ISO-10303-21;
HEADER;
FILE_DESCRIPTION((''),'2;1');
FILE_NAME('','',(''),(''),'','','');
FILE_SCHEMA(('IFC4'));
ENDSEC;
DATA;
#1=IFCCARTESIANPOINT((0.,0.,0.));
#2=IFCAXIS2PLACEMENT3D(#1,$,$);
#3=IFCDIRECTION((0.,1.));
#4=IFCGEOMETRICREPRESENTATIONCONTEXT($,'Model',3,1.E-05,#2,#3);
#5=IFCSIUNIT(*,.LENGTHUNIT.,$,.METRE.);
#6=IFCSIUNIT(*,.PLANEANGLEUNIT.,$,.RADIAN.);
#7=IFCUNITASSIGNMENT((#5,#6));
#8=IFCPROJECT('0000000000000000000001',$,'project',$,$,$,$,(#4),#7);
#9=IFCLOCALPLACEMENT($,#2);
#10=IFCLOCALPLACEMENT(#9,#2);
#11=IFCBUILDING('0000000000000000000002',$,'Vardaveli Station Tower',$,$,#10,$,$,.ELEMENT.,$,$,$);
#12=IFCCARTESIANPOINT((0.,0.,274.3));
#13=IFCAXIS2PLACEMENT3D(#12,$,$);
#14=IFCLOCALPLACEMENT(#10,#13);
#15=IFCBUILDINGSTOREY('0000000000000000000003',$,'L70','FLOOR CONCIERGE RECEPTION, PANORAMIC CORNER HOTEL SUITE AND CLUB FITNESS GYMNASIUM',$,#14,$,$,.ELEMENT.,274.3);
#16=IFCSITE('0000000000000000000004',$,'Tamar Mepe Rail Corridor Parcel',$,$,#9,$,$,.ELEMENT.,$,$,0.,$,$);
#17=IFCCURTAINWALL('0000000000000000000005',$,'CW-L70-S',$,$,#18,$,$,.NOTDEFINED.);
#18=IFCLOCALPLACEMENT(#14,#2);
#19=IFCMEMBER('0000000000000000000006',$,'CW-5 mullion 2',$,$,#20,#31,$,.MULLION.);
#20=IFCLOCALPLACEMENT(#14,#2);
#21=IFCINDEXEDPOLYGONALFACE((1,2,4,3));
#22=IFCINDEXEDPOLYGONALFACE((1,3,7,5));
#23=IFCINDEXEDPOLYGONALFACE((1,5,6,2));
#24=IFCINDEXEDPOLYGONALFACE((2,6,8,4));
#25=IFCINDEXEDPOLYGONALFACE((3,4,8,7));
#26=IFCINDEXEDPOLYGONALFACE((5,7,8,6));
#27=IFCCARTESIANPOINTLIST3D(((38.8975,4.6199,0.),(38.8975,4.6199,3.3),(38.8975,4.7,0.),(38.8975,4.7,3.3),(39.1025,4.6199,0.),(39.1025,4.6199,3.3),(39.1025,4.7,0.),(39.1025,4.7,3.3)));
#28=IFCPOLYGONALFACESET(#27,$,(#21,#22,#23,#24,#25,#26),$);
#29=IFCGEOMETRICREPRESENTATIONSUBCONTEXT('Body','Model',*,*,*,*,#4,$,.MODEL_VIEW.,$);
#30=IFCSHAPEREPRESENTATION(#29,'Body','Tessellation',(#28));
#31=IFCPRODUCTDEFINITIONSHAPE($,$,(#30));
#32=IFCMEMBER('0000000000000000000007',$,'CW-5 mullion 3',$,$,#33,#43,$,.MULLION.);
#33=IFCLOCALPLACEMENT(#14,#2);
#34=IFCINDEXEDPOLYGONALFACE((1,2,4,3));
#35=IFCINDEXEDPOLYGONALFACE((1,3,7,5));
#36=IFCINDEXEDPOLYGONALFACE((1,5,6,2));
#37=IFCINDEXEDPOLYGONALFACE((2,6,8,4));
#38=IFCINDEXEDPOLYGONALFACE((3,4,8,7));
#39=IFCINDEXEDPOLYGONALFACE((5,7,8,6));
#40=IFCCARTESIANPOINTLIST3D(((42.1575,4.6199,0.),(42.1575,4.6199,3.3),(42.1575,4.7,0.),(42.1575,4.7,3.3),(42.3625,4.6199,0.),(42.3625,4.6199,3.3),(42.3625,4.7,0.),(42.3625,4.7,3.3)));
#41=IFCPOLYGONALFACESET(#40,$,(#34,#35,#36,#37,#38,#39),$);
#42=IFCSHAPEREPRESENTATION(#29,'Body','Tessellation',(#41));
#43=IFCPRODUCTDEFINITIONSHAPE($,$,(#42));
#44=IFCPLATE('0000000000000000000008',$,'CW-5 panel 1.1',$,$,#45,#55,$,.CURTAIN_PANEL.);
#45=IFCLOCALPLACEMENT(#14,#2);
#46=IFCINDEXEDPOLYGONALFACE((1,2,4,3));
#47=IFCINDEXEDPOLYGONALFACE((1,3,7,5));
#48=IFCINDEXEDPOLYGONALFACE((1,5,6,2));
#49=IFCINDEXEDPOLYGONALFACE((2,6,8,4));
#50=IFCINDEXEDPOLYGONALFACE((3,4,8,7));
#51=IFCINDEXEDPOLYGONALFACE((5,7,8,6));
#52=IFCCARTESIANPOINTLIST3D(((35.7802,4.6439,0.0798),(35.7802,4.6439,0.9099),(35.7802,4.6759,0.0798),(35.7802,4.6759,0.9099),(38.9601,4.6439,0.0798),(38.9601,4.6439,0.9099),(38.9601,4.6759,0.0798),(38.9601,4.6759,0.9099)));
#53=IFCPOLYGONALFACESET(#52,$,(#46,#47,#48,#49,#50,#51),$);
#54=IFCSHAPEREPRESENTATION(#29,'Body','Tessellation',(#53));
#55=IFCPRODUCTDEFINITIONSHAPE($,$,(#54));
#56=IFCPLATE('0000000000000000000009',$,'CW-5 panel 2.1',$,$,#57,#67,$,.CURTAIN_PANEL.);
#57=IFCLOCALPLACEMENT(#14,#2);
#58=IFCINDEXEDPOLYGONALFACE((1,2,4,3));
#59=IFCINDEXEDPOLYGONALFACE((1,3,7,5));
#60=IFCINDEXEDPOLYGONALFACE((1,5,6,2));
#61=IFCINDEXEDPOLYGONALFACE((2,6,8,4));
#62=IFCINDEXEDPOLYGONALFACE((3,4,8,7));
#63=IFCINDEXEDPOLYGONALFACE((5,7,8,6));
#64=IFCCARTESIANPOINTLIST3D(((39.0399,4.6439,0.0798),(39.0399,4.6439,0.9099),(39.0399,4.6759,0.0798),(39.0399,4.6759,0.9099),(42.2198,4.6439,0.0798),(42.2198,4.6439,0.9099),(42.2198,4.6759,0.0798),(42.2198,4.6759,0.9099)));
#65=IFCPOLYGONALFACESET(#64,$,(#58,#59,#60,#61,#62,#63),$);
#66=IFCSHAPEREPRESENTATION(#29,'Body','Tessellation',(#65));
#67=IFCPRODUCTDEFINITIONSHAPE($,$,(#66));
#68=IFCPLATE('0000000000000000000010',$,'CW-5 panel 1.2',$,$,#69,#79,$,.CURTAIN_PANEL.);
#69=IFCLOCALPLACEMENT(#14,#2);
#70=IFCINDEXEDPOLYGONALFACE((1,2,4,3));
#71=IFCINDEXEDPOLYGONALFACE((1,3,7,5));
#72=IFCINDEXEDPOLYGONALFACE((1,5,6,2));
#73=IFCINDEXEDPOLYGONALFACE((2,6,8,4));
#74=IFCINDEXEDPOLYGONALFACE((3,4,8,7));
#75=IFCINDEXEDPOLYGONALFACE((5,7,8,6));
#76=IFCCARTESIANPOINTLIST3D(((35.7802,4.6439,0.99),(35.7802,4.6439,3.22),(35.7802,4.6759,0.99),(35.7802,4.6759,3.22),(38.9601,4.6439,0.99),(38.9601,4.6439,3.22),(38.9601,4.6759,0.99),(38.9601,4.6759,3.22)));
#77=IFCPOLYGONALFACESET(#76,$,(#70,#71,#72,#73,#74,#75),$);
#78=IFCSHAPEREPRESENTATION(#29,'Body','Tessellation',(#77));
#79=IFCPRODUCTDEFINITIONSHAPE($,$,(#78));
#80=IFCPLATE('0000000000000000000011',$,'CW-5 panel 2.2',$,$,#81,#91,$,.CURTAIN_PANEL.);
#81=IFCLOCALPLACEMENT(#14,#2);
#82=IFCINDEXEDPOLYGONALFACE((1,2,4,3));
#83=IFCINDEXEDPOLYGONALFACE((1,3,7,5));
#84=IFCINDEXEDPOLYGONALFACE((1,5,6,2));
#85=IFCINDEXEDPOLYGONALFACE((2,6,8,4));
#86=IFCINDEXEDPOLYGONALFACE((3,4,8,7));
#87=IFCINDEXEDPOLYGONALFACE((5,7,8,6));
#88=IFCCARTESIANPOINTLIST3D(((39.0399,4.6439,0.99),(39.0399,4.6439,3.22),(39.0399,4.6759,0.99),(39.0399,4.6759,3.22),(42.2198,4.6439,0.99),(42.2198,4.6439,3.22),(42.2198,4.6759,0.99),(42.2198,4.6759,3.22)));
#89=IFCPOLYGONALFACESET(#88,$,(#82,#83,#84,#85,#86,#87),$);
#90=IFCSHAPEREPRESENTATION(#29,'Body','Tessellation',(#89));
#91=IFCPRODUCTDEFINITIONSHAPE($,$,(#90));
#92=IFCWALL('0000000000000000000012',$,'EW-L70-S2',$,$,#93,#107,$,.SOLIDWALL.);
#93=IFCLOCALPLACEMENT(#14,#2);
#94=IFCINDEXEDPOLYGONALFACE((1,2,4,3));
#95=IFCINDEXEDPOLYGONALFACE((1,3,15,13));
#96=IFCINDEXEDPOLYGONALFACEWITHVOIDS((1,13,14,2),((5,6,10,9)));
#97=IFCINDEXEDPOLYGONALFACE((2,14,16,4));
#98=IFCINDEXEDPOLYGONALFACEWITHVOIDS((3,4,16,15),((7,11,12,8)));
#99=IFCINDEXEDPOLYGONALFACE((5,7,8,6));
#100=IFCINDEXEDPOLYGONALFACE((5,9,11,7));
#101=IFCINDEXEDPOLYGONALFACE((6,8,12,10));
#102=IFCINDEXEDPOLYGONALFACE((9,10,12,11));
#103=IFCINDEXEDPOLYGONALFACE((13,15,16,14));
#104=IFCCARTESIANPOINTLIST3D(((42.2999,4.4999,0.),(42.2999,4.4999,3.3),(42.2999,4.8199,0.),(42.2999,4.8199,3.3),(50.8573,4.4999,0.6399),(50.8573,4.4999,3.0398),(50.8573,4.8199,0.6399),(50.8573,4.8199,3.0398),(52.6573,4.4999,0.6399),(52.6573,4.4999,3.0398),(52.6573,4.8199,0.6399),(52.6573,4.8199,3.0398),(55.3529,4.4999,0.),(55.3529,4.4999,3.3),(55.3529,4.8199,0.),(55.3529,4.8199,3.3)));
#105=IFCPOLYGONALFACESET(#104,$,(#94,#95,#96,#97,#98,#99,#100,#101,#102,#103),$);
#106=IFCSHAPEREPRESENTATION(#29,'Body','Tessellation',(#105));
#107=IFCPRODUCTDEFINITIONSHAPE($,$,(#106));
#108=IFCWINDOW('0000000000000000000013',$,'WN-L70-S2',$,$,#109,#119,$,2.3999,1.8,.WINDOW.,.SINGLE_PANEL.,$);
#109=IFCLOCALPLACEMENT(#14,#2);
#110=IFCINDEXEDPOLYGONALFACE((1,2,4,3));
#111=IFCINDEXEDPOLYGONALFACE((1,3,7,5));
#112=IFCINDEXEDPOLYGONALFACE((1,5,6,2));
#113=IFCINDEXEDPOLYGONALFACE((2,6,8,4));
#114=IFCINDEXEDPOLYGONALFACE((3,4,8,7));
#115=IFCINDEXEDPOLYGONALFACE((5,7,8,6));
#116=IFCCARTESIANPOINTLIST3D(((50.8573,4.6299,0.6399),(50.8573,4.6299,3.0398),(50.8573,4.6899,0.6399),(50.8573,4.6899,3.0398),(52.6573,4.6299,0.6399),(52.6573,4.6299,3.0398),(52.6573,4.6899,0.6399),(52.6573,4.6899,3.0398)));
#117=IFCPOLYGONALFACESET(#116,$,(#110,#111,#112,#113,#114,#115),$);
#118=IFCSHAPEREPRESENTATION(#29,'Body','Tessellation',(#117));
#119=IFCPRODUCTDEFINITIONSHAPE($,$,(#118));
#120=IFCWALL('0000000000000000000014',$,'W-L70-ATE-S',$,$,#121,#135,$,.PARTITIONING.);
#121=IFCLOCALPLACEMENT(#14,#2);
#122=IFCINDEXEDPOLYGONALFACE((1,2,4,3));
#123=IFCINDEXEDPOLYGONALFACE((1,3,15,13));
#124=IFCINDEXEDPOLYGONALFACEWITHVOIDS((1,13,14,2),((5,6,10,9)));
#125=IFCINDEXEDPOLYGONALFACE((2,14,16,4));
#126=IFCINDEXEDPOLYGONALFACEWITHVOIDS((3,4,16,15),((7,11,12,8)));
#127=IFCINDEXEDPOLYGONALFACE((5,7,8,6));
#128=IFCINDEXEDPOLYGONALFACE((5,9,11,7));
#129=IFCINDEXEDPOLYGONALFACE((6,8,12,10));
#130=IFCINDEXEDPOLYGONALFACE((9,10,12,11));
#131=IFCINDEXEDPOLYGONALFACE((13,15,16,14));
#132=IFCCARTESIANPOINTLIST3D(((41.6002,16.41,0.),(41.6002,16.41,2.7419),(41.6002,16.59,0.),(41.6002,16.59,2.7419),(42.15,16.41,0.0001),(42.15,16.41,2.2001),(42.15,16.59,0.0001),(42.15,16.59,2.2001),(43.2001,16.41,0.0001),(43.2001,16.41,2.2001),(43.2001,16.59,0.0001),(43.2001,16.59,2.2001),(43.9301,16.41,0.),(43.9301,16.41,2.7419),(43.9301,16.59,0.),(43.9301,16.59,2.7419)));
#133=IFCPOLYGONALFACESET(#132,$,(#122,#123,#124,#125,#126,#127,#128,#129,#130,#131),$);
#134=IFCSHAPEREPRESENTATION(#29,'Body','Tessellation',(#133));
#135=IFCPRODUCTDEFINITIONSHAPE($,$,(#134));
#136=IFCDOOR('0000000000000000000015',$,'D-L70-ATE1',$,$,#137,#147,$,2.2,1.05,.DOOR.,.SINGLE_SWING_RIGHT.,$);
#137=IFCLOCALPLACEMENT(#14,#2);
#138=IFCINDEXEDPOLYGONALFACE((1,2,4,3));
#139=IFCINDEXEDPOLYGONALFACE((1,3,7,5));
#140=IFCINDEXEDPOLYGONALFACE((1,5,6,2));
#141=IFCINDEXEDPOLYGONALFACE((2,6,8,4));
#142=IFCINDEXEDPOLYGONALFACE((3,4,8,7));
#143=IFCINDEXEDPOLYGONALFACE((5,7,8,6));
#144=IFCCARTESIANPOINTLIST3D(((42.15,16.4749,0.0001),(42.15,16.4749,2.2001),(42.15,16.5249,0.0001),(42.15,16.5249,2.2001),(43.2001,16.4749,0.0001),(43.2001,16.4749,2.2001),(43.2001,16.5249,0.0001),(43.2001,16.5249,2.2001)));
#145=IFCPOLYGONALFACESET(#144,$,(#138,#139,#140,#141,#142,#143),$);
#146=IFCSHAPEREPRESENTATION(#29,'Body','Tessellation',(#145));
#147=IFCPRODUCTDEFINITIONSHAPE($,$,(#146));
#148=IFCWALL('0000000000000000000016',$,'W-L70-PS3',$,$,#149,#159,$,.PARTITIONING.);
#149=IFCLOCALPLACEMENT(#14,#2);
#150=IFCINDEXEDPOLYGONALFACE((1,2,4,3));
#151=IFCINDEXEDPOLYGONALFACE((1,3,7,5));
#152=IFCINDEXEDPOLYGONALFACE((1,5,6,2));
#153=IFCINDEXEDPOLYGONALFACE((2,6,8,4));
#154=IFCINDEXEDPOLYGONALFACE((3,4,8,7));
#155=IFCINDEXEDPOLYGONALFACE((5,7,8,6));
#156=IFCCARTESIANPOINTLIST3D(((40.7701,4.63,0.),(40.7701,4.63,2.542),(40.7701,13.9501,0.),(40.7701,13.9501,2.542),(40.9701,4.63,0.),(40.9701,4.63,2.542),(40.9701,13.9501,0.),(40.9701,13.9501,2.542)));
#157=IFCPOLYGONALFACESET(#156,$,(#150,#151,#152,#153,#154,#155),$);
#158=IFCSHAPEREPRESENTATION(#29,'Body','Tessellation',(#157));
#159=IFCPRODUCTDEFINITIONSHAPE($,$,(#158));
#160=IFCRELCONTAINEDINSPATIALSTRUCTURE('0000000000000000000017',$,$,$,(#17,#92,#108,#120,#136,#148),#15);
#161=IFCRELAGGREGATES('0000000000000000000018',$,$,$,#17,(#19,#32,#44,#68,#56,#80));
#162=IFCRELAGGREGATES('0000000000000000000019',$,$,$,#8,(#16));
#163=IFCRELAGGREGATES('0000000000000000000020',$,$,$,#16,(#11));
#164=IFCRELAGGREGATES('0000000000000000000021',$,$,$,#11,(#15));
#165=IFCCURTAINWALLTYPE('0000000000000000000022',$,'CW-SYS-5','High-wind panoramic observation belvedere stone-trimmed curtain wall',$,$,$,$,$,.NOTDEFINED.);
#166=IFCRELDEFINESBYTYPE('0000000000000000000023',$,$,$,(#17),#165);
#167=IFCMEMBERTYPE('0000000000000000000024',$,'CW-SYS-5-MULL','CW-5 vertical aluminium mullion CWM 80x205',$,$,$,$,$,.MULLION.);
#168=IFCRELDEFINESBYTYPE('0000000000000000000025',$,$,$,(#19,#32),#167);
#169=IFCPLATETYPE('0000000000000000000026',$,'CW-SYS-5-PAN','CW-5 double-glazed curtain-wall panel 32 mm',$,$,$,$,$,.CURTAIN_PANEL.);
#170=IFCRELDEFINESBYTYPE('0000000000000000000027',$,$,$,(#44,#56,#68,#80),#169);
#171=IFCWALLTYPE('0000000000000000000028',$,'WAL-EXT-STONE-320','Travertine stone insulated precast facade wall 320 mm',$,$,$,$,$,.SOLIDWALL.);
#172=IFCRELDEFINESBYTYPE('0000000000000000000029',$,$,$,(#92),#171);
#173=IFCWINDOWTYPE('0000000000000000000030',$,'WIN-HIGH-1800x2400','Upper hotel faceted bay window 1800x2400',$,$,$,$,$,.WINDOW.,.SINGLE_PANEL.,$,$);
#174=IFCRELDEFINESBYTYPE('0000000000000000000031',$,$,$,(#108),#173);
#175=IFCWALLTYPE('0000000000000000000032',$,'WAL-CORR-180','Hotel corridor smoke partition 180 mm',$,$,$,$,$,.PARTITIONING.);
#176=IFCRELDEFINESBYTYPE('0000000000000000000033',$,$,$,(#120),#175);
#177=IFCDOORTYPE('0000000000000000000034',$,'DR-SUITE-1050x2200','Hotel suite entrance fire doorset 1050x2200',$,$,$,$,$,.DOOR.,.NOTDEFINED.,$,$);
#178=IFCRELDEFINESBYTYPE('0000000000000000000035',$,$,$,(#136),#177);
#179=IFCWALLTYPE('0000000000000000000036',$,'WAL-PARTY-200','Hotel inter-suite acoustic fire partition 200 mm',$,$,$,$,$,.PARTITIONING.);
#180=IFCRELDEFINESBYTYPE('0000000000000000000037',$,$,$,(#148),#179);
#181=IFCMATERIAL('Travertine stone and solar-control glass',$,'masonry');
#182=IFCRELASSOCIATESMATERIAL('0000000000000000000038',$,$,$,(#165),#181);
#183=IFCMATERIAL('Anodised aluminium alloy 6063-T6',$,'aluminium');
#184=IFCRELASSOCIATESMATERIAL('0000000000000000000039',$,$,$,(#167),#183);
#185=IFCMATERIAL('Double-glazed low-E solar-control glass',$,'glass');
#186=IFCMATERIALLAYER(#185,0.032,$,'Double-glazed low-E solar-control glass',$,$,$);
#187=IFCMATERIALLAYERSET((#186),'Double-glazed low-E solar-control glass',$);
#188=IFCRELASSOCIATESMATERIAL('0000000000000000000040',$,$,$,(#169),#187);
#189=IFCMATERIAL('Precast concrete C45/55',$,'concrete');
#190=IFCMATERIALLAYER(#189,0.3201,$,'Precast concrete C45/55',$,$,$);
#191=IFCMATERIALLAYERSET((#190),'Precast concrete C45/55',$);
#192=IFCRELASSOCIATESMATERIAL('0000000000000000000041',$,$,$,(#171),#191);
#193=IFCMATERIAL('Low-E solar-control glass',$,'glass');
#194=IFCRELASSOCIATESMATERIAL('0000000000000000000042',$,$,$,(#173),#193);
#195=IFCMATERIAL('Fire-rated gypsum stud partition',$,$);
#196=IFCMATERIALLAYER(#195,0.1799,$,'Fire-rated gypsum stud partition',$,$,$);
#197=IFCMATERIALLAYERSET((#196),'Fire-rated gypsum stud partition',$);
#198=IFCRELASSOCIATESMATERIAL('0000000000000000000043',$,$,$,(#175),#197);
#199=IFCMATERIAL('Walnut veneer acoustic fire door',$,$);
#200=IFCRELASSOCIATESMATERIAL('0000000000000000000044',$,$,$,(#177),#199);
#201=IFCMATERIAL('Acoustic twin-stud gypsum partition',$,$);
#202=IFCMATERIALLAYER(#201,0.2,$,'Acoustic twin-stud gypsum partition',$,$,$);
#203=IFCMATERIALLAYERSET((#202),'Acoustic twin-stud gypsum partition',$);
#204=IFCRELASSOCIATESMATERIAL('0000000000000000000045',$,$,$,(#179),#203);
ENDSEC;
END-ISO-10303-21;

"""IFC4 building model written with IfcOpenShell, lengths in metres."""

from ifc_helpers import new_model, si_unit, direction, frame, frame_2d, origin, origin_2d, place, context, subcontext, project, spatial, rectangle, extrude, source, transform, mapped, material, layer, layer_set, material_profile, profile_set, type_object, element, fill, aggregate, save


model = new_model("IFC4")

# Units and contexts
model_context = context("Model", 3, precision=1e-05, world=origin(), true_north=direction((0.0, 1.0)))
body_context = subcontext(model_context, "Body", "Model", "MODEL_VIEW")
ifc_project = project(units=[si_unit("LENGTHUNIT", "METRE"), si_unit("PLANEANGLEUNIT", "RADIAN")], contexts=[model_context])

# Site, building, storey
site_placement = place(None, origin())
site = spatial("IfcSite", under=ifc_project, at=site_placement, Name="Tamar Mepe Rail Corridor Parcel", CompositionType="ELEMENT", RefElevation=0.0)
building_placement = place(site_placement, origin())
building = spatial("IfcBuilding", under=site, at=building_placement, Name="Vardaveli Station Tower", CompositionType="ELEMENT")
storey_placement = place(building_placement, frame((0.0, 0.0, 274.3)))
storey = spatial("IfcBuildingStorey", under=building, at=storey_placement, Name="L70", Description="FLOOR CONCIERGE RECEPTION, PANORAMIC CORNER HOTEL SUITE AND CLUB FITNESS GYMNASIUM", CompositionType="ELEMENT", Elevation=274.3)

# Shared definitions
ifc_material_1 = material(Name="Precast concrete C45/55", Category="concrete")

# Curtain wall, members, plates
ifc_material_2 = material(Name="Travertine stone and solar-control glass", Category="masonry")
curtain_wall_type = type_object("IfcCurtainWallType", Name="CW-SYS-5", Description="High-wind panoramic observation belvedere stone-trimmed curtain wall", PredefinedType="NOTDEFINED", material=ifc_material_2)
curtain_wall_placement = place(storey_placement, origin())
curtain_wall = element("IfcCurtainWall", 1, at=curtain_wall_placement, inside=storey, type_object=curtain_wall_type, Name="CW-L70-S", PredefinedType="NOTDEFINED")
ifc_material_3 = material(Name="Anodised aluminium alloy 6063-T6", Category="aluminium")
ifc_material_profile_1 = material_profile(ifc_material_3, rectangle(XDim=0.0801, YDim=0.2051, at=origin_2d()), Name="CWM 80x205")
ifc_profile_set_1 = profile_set([ifc_material_profile_1], Name="Anodised aluminium alloy 6063-T6")
member_type_1 = type_object("IfcMemberType", Name="CW-SYS-5-MULL", Description="CW-5 vertical aluminium mullion CWM 80x205", PredefinedType="MULLION", material=ifc_profile_set_1)
shared_shape_1 = source(origin(), body_context, "Body", "SweptSolid", [
    extrude(rectangle(XDim=0.0801, YDim=0.2051, at=origin_2d()), origin(), (0.0, 0.0, 1.0), 3.3),
])
member_1_placement = place(storey_placement, frame((39.0, 4.6599, 0.0), z_axis=(0.0, 0.0, 1.0), x_axis=(0.0, 1.0, 0.0)))
member_1 = element("IfcMember", 2, at=member_1_placement, type_object=member_type_1, Name="CW-5 mullion 2", PredefinedType="MULLION", context=body_context, shape_type="MappedRepresentation", body=[
    mapped(shared_shape_1, transform((0.0, 0.0, 0.0), scale=1.0)),
])
member_2_placement = place(storey_placement, frame((42.26, 4.6599, 0.0), z_axis=(0.0, 0.0, 1.0), x_axis=(0.0, 1.0, 0.0)))
member_2 = element("IfcMember", 3, at=member_2_placement, type_object=member_type_1, Name="CW-5 mullion 3", PredefinedType="MULLION", context=body_context, shape_type="MappedRepresentation", body=[
    mapped(shared_shape_1, transform((0.0, 0.0, 0.0), scale=1.0)),
])
ifc_material_4 = material(Name="Double-glazed low-E solar-control glass", Category="glass")
ifc_layer_1 = layer(ifc_material_4, 0.032, Name="Double-glazed low-E solar-control glass")
ifc_layer_set_1 = layer_set([ifc_layer_1], Name="Double-glazed low-E solar-control glass")
plate_type = type_object("IfcPlateType", Name="CW-SYS-5-PAN", Description="CW-5 double-glazed curtain-wall panel 32 mm", PredefinedType="CURTAIN_PANEL", material=ifc_layer_set_1)
shared_shape_2 = source(origin(), body_context, "Body", "SweptSolid", [
    extrude(rectangle(XDim=3.1799, YDim=0.032, at=origin_2d()), origin(), (0.0, 0.0, 1.0), 0.8301),
])
plate_1_placement = place(storey_placement, frame((37.3701, 4.6599, 0.0798), z_axis=(0.0, 0.0, 1.0), x_axis=(1.0, 0.0, 0.0)))
plate_1 = element("IfcPlate", 4, at=plate_1_placement, type_object=plate_type, Name="CW-5 panel 1.1", PredefinedType="CURTAIN_PANEL", context=body_context, shape_type="MappedRepresentation", body=[
    mapped(shared_shape_2, transform((0.0, 0.0, 0.0), scale=1.0)),
])
plate_2_placement = place(storey_placement, frame((40.6299, 4.6599, 0.0798), z_axis=(0.0, 0.0, 1.0), x_axis=(1.0, 0.0, 0.0)))
plate_2 = element("IfcPlate", 5, at=plate_2_placement, type_object=plate_type, Name="CW-5 panel 2.1", PredefinedType="CURTAIN_PANEL", context=body_context, shape_type="MappedRepresentation", body=[
    mapped(shared_shape_2, transform((0.0, 0.0, 0.0), scale=1.0)),
])
shared_shape_3 = source(origin(), body_context, "Body", "SweptSolid", [
    extrude(rectangle(XDim=3.1799, YDim=0.032, at=origin_2d()), origin(), (0.0, 0.0, 1.0), 2.23),
])
plate_3_placement = place(storey_placement, frame((37.3701, 4.6599, 0.99), z_axis=(0.0, 0.0, 1.0), x_axis=(1.0, 0.0, 0.0)))
plate_3 = element("IfcPlate", 6, at=plate_3_placement, type_object=plate_type, Name="CW-5 panel 1.2", PredefinedType="CURTAIN_PANEL", context=body_context, shape_type="MappedRepresentation", body=[
    mapped(shared_shape_3, transform((0.0, 0.0, 0.0), scale=1.0)),
])
plate_4_placement = place(storey_placement, frame((40.6299, 4.6599, 0.99), z_axis=(0.0, 0.0, 1.0), x_axis=(1.0, 0.0, 0.0)))
plate_4 = element("IfcPlate", 7, at=plate_4_placement, type_object=plate_type, Name="CW-5 panel 2.2", PredefinedType="CURTAIN_PANEL", context=body_context, shape_type="MappedRepresentation", body=[
    mapped(shared_shape_3, transform((0.0, 0.0, 0.0), scale=1.0)),
])
aggregate(curtain_wall, [member_1, member_2, plate_1, plate_3, plate_2, plate_4])

# Wall, opening, window
ifc_layer_2 = layer(ifc_material_1, 0.3201, Name="Precast concrete C45/55")
ifc_layer_set_2 = layer_set([ifc_layer_2], Name="Precast concrete C45/55")
wall_type_1 = type_object("IfcWallType", Name="WAL-EXT-STONE-320", Description="Travertine stone insulated precast facade wall 320 mm", PredefinedType="SOLIDWALL", material=ifc_layer_set_2)
shared_shape_4 = source(origin(), body_context, "Body", "SweptSolid", [
    extrude(rectangle(XDim=13.053, YDim=0.3201, at=frame_2d((6.5264, 0.0))), origin(), (0.0, 0.0, 1.0), 3.3),
])
wall_1_placement = place(storey_placement, frame((42.3, 4.6599, 0.0), z_axis=(0.0, 0.0, 1.0), x_axis=(1.0, 0.0, 0.0)))
wall_1 = element("IfcWall", 8, at=wall_1_placement, inside=storey, type_object=wall_type_1, Name="EW-L70-S2", PredefinedType="SOLIDWALL", context=body_context, shape_type="MappedRepresentation", body=[
    mapped(shared_shape_4, transform((0.0, 0.0, 0.0), scale=1.0)),
])
shared_shape_5 = source(origin(), body_context, "Body", "SweptSolid", [
    extrude(rectangle(XDim=1.8, YDim=2.3999, at=frame_2d((0.8999, 1.2))), frame((0.0, 0.1699, 0.0), z_axis=(0.0, -1.0, 0.0), x_axis=(1.0, 0.0, 0.0)), (0.0, 0.0, 1.0), 0.3401),
])
opening_1_placement = place(wall_1_placement, frame((8.5574, 0.0, 0.6399)))
opening_1 = element("IfcOpeningElement", 9, at=opening_1_placement, cuts=wall_1, PredefinedType="OPENING", context=body_context, shape_type="MappedRepresentation", body=[
    mapped(shared_shape_5, transform((0.0, 0.0, 0.0), scale=1.0)),
])
ifc_material_5 = material(Name="Low-E solar-control glass", Category="glass")
window_type = type_object("IfcWindowType", Name="WIN-HIGH-1800x2400", Description="Upper hotel faceted bay window 1800x2400", PartitioningType="SINGLE_PANEL", PredefinedType="WINDOW", material=ifc_material_5)
shared_shape_6 = source(origin(), body_context, "Body", "SweptSolid", [
    extrude(rectangle(XDim=1.8, YDim=2.3999, at=frame_2d((0.8999, 1.2))), frame((0.0, 0.03, 0.0), z_axis=(0.0, -1.0, 0.0), x_axis=(1.0, 0.0, 0.0)), (0.0, 0.0, 1.0), 0.0601),
])
window_placement = place(opening_1_placement, origin())
window = element("IfcWindow", 10, at=window_placement, inside=storey, type_object=window_type, Name="WN-L70-S2", OverallHeight=2.3999, OverallWidth=1.8, PartitioningType="SINGLE_PANEL", PredefinedType="WINDOW", context=body_context, shape_type="MappedRepresentation", body=[
    mapped(shared_shape_6, transform((0.0, 0.0, 0.0), scale=1.0)),
])
fill(opening_1, window)

# Wall, opening, door
ifc_material_6 = material(Name="Fire-rated gypsum stud partition")
ifc_layer_3 = layer(ifc_material_6, 0.1799, Name="Fire-rated gypsum stud partition")
ifc_layer_set_3 = layer_set([ifc_layer_3], Name="Fire-rated gypsum stud partition")
wall_type_2 = type_object("IfcWallType", Name="WAL-CORR-180", Description="Hotel corridor smoke partition 180 mm", PredefinedType="PARTITIONING", material=ifc_layer_set_3)
shared_shape_7 = source(origin(), body_context, "Body", "SweptSolid", [
    extrude(rectangle(XDim=2.3298, YDim=0.1799, at=frame_2d((1.165, 0.0))), origin(), (0.0, 0.0, 1.0), 2.7419),
])
wall_2_placement = place(storey_placement, frame((41.6001, 16.5, 0.0), z_axis=(0.0, 0.0, 1.0), x_axis=(1.0, 0.0, 0.0)))
wall_2 = element("IfcWall", 11, at=wall_2_placement, inside=storey, type_object=wall_type_2, Name="W-L70-ATE-S", PredefinedType="PARTITIONING", context=body_context, shape_type="MappedRepresentation", body=[
    mapped(shared_shape_7, transform((0.0, 0.0, 0.0), scale=1.0)),
])
shared_shape_8 = source(origin(), body_context, "Body", "SweptSolid", [
    extrude(rectangle(XDim=1.05, YDim=2.2, at=frame_2d((0.5249, 1.1001))), frame((0.0, 0.1001, 0.0), z_axis=(0.0, -1.0, 0.0), x_axis=(1.0, 0.0, 0.0)), (0.0, 0.0, 1.0), 0.2),
])
opening_2_placement = place(wall_2_placement, frame((0.55, 0.0, 0.0)))
opening_2 = element("IfcOpeningElement", 12, at=opening_2_placement, cuts=wall_2, PredefinedType="OPENING", context=body_context, shape_type="MappedRepresentation", body=[
    mapped(shared_shape_8, transform((0.0, 0.0, 0.0), scale=1.0)),
])
ifc_material_7 = material(Name="Walnut veneer acoustic fire door")
door_type = type_object("IfcDoorType", Name="DR-SUITE-1050x2200", Description="Hotel suite entrance fire doorset 1050x2200", OperationType="NOTDEFINED", PredefinedType="DOOR", material=ifc_material_7)
shared_shape_9 = source(origin(), body_context, "Body", "SweptSolid", [
    extrude(rectangle(XDim=1.05, YDim=2.2, at=frame_2d((0.5249, 1.1001))), frame((0.0, 0.0249, 0.0), z_axis=(0.0, -1.0, 0.0), x_axis=(1.0, 0.0, 0.0)), (0.0, 0.0, 1.0), 0.05),
])
door_placement = place(opening_2_placement, origin())
door = element("IfcDoor", 13, at=door_placement, inside=storey, type_object=door_type, Name="D-L70-ATE1", OperationType="SINGLE_SWING_RIGHT", OverallHeight=2.2, OverallWidth=1.05, PredefinedType="DOOR", context=body_context, shape_type="MappedRepresentation", body=[
    mapped(shared_shape_9, transform((0.0, 0.0, 0.0), scale=1.0)),
])
fill(opening_2, door)

# Wall
ifc_material_8 = material(Name="Acoustic twin-stud gypsum partition")
ifc_layer_4 = layer(ifc_material_8, 0.2, Name="Acoustic twin-stud gypsum partition")
ifc_layer_set_4 = layer_set([ifc_layer_4], Name="Acoustic twin-stud gypsum partition")
wall_type_3 = type_object("IfcWallType", Name="WAL-PARTY-200", Description="Hotel inter-suite acoustic fire partition 200 mm", PredefinedType="PARTITIONING", material=ifc_layer_set_4)
shared_shape_10 = source(origin(), body_context, "Body", "SweptSolid", [
    extrude(rectangle(XDim=9.3201, YDim=0.2, at=frame_2d((4.6602, 0.0))), origin(), (0.0, 0.0, 1.0), 2.542),
])
wall_3_placement = place(storey_placement, frame((40.8701, 4.6299, 0.0), z_axis=(0.0, 0.0, 1.0), x_axis=(0.0, 1.0, 0.0)))
element("IfcWall", 14, at=wall_3_placement, inside=storey, type_object=wall_type_3, Name="W-L70-PS3", PredefinedType="PARTITIONING", context=body_context, shape_type="MappedRepresentation", body=[
    mapped(shared_shape_10, transform((0.0, 0.0, 0.0), scale=1.0)),
])

save(model, "model.ifc")
